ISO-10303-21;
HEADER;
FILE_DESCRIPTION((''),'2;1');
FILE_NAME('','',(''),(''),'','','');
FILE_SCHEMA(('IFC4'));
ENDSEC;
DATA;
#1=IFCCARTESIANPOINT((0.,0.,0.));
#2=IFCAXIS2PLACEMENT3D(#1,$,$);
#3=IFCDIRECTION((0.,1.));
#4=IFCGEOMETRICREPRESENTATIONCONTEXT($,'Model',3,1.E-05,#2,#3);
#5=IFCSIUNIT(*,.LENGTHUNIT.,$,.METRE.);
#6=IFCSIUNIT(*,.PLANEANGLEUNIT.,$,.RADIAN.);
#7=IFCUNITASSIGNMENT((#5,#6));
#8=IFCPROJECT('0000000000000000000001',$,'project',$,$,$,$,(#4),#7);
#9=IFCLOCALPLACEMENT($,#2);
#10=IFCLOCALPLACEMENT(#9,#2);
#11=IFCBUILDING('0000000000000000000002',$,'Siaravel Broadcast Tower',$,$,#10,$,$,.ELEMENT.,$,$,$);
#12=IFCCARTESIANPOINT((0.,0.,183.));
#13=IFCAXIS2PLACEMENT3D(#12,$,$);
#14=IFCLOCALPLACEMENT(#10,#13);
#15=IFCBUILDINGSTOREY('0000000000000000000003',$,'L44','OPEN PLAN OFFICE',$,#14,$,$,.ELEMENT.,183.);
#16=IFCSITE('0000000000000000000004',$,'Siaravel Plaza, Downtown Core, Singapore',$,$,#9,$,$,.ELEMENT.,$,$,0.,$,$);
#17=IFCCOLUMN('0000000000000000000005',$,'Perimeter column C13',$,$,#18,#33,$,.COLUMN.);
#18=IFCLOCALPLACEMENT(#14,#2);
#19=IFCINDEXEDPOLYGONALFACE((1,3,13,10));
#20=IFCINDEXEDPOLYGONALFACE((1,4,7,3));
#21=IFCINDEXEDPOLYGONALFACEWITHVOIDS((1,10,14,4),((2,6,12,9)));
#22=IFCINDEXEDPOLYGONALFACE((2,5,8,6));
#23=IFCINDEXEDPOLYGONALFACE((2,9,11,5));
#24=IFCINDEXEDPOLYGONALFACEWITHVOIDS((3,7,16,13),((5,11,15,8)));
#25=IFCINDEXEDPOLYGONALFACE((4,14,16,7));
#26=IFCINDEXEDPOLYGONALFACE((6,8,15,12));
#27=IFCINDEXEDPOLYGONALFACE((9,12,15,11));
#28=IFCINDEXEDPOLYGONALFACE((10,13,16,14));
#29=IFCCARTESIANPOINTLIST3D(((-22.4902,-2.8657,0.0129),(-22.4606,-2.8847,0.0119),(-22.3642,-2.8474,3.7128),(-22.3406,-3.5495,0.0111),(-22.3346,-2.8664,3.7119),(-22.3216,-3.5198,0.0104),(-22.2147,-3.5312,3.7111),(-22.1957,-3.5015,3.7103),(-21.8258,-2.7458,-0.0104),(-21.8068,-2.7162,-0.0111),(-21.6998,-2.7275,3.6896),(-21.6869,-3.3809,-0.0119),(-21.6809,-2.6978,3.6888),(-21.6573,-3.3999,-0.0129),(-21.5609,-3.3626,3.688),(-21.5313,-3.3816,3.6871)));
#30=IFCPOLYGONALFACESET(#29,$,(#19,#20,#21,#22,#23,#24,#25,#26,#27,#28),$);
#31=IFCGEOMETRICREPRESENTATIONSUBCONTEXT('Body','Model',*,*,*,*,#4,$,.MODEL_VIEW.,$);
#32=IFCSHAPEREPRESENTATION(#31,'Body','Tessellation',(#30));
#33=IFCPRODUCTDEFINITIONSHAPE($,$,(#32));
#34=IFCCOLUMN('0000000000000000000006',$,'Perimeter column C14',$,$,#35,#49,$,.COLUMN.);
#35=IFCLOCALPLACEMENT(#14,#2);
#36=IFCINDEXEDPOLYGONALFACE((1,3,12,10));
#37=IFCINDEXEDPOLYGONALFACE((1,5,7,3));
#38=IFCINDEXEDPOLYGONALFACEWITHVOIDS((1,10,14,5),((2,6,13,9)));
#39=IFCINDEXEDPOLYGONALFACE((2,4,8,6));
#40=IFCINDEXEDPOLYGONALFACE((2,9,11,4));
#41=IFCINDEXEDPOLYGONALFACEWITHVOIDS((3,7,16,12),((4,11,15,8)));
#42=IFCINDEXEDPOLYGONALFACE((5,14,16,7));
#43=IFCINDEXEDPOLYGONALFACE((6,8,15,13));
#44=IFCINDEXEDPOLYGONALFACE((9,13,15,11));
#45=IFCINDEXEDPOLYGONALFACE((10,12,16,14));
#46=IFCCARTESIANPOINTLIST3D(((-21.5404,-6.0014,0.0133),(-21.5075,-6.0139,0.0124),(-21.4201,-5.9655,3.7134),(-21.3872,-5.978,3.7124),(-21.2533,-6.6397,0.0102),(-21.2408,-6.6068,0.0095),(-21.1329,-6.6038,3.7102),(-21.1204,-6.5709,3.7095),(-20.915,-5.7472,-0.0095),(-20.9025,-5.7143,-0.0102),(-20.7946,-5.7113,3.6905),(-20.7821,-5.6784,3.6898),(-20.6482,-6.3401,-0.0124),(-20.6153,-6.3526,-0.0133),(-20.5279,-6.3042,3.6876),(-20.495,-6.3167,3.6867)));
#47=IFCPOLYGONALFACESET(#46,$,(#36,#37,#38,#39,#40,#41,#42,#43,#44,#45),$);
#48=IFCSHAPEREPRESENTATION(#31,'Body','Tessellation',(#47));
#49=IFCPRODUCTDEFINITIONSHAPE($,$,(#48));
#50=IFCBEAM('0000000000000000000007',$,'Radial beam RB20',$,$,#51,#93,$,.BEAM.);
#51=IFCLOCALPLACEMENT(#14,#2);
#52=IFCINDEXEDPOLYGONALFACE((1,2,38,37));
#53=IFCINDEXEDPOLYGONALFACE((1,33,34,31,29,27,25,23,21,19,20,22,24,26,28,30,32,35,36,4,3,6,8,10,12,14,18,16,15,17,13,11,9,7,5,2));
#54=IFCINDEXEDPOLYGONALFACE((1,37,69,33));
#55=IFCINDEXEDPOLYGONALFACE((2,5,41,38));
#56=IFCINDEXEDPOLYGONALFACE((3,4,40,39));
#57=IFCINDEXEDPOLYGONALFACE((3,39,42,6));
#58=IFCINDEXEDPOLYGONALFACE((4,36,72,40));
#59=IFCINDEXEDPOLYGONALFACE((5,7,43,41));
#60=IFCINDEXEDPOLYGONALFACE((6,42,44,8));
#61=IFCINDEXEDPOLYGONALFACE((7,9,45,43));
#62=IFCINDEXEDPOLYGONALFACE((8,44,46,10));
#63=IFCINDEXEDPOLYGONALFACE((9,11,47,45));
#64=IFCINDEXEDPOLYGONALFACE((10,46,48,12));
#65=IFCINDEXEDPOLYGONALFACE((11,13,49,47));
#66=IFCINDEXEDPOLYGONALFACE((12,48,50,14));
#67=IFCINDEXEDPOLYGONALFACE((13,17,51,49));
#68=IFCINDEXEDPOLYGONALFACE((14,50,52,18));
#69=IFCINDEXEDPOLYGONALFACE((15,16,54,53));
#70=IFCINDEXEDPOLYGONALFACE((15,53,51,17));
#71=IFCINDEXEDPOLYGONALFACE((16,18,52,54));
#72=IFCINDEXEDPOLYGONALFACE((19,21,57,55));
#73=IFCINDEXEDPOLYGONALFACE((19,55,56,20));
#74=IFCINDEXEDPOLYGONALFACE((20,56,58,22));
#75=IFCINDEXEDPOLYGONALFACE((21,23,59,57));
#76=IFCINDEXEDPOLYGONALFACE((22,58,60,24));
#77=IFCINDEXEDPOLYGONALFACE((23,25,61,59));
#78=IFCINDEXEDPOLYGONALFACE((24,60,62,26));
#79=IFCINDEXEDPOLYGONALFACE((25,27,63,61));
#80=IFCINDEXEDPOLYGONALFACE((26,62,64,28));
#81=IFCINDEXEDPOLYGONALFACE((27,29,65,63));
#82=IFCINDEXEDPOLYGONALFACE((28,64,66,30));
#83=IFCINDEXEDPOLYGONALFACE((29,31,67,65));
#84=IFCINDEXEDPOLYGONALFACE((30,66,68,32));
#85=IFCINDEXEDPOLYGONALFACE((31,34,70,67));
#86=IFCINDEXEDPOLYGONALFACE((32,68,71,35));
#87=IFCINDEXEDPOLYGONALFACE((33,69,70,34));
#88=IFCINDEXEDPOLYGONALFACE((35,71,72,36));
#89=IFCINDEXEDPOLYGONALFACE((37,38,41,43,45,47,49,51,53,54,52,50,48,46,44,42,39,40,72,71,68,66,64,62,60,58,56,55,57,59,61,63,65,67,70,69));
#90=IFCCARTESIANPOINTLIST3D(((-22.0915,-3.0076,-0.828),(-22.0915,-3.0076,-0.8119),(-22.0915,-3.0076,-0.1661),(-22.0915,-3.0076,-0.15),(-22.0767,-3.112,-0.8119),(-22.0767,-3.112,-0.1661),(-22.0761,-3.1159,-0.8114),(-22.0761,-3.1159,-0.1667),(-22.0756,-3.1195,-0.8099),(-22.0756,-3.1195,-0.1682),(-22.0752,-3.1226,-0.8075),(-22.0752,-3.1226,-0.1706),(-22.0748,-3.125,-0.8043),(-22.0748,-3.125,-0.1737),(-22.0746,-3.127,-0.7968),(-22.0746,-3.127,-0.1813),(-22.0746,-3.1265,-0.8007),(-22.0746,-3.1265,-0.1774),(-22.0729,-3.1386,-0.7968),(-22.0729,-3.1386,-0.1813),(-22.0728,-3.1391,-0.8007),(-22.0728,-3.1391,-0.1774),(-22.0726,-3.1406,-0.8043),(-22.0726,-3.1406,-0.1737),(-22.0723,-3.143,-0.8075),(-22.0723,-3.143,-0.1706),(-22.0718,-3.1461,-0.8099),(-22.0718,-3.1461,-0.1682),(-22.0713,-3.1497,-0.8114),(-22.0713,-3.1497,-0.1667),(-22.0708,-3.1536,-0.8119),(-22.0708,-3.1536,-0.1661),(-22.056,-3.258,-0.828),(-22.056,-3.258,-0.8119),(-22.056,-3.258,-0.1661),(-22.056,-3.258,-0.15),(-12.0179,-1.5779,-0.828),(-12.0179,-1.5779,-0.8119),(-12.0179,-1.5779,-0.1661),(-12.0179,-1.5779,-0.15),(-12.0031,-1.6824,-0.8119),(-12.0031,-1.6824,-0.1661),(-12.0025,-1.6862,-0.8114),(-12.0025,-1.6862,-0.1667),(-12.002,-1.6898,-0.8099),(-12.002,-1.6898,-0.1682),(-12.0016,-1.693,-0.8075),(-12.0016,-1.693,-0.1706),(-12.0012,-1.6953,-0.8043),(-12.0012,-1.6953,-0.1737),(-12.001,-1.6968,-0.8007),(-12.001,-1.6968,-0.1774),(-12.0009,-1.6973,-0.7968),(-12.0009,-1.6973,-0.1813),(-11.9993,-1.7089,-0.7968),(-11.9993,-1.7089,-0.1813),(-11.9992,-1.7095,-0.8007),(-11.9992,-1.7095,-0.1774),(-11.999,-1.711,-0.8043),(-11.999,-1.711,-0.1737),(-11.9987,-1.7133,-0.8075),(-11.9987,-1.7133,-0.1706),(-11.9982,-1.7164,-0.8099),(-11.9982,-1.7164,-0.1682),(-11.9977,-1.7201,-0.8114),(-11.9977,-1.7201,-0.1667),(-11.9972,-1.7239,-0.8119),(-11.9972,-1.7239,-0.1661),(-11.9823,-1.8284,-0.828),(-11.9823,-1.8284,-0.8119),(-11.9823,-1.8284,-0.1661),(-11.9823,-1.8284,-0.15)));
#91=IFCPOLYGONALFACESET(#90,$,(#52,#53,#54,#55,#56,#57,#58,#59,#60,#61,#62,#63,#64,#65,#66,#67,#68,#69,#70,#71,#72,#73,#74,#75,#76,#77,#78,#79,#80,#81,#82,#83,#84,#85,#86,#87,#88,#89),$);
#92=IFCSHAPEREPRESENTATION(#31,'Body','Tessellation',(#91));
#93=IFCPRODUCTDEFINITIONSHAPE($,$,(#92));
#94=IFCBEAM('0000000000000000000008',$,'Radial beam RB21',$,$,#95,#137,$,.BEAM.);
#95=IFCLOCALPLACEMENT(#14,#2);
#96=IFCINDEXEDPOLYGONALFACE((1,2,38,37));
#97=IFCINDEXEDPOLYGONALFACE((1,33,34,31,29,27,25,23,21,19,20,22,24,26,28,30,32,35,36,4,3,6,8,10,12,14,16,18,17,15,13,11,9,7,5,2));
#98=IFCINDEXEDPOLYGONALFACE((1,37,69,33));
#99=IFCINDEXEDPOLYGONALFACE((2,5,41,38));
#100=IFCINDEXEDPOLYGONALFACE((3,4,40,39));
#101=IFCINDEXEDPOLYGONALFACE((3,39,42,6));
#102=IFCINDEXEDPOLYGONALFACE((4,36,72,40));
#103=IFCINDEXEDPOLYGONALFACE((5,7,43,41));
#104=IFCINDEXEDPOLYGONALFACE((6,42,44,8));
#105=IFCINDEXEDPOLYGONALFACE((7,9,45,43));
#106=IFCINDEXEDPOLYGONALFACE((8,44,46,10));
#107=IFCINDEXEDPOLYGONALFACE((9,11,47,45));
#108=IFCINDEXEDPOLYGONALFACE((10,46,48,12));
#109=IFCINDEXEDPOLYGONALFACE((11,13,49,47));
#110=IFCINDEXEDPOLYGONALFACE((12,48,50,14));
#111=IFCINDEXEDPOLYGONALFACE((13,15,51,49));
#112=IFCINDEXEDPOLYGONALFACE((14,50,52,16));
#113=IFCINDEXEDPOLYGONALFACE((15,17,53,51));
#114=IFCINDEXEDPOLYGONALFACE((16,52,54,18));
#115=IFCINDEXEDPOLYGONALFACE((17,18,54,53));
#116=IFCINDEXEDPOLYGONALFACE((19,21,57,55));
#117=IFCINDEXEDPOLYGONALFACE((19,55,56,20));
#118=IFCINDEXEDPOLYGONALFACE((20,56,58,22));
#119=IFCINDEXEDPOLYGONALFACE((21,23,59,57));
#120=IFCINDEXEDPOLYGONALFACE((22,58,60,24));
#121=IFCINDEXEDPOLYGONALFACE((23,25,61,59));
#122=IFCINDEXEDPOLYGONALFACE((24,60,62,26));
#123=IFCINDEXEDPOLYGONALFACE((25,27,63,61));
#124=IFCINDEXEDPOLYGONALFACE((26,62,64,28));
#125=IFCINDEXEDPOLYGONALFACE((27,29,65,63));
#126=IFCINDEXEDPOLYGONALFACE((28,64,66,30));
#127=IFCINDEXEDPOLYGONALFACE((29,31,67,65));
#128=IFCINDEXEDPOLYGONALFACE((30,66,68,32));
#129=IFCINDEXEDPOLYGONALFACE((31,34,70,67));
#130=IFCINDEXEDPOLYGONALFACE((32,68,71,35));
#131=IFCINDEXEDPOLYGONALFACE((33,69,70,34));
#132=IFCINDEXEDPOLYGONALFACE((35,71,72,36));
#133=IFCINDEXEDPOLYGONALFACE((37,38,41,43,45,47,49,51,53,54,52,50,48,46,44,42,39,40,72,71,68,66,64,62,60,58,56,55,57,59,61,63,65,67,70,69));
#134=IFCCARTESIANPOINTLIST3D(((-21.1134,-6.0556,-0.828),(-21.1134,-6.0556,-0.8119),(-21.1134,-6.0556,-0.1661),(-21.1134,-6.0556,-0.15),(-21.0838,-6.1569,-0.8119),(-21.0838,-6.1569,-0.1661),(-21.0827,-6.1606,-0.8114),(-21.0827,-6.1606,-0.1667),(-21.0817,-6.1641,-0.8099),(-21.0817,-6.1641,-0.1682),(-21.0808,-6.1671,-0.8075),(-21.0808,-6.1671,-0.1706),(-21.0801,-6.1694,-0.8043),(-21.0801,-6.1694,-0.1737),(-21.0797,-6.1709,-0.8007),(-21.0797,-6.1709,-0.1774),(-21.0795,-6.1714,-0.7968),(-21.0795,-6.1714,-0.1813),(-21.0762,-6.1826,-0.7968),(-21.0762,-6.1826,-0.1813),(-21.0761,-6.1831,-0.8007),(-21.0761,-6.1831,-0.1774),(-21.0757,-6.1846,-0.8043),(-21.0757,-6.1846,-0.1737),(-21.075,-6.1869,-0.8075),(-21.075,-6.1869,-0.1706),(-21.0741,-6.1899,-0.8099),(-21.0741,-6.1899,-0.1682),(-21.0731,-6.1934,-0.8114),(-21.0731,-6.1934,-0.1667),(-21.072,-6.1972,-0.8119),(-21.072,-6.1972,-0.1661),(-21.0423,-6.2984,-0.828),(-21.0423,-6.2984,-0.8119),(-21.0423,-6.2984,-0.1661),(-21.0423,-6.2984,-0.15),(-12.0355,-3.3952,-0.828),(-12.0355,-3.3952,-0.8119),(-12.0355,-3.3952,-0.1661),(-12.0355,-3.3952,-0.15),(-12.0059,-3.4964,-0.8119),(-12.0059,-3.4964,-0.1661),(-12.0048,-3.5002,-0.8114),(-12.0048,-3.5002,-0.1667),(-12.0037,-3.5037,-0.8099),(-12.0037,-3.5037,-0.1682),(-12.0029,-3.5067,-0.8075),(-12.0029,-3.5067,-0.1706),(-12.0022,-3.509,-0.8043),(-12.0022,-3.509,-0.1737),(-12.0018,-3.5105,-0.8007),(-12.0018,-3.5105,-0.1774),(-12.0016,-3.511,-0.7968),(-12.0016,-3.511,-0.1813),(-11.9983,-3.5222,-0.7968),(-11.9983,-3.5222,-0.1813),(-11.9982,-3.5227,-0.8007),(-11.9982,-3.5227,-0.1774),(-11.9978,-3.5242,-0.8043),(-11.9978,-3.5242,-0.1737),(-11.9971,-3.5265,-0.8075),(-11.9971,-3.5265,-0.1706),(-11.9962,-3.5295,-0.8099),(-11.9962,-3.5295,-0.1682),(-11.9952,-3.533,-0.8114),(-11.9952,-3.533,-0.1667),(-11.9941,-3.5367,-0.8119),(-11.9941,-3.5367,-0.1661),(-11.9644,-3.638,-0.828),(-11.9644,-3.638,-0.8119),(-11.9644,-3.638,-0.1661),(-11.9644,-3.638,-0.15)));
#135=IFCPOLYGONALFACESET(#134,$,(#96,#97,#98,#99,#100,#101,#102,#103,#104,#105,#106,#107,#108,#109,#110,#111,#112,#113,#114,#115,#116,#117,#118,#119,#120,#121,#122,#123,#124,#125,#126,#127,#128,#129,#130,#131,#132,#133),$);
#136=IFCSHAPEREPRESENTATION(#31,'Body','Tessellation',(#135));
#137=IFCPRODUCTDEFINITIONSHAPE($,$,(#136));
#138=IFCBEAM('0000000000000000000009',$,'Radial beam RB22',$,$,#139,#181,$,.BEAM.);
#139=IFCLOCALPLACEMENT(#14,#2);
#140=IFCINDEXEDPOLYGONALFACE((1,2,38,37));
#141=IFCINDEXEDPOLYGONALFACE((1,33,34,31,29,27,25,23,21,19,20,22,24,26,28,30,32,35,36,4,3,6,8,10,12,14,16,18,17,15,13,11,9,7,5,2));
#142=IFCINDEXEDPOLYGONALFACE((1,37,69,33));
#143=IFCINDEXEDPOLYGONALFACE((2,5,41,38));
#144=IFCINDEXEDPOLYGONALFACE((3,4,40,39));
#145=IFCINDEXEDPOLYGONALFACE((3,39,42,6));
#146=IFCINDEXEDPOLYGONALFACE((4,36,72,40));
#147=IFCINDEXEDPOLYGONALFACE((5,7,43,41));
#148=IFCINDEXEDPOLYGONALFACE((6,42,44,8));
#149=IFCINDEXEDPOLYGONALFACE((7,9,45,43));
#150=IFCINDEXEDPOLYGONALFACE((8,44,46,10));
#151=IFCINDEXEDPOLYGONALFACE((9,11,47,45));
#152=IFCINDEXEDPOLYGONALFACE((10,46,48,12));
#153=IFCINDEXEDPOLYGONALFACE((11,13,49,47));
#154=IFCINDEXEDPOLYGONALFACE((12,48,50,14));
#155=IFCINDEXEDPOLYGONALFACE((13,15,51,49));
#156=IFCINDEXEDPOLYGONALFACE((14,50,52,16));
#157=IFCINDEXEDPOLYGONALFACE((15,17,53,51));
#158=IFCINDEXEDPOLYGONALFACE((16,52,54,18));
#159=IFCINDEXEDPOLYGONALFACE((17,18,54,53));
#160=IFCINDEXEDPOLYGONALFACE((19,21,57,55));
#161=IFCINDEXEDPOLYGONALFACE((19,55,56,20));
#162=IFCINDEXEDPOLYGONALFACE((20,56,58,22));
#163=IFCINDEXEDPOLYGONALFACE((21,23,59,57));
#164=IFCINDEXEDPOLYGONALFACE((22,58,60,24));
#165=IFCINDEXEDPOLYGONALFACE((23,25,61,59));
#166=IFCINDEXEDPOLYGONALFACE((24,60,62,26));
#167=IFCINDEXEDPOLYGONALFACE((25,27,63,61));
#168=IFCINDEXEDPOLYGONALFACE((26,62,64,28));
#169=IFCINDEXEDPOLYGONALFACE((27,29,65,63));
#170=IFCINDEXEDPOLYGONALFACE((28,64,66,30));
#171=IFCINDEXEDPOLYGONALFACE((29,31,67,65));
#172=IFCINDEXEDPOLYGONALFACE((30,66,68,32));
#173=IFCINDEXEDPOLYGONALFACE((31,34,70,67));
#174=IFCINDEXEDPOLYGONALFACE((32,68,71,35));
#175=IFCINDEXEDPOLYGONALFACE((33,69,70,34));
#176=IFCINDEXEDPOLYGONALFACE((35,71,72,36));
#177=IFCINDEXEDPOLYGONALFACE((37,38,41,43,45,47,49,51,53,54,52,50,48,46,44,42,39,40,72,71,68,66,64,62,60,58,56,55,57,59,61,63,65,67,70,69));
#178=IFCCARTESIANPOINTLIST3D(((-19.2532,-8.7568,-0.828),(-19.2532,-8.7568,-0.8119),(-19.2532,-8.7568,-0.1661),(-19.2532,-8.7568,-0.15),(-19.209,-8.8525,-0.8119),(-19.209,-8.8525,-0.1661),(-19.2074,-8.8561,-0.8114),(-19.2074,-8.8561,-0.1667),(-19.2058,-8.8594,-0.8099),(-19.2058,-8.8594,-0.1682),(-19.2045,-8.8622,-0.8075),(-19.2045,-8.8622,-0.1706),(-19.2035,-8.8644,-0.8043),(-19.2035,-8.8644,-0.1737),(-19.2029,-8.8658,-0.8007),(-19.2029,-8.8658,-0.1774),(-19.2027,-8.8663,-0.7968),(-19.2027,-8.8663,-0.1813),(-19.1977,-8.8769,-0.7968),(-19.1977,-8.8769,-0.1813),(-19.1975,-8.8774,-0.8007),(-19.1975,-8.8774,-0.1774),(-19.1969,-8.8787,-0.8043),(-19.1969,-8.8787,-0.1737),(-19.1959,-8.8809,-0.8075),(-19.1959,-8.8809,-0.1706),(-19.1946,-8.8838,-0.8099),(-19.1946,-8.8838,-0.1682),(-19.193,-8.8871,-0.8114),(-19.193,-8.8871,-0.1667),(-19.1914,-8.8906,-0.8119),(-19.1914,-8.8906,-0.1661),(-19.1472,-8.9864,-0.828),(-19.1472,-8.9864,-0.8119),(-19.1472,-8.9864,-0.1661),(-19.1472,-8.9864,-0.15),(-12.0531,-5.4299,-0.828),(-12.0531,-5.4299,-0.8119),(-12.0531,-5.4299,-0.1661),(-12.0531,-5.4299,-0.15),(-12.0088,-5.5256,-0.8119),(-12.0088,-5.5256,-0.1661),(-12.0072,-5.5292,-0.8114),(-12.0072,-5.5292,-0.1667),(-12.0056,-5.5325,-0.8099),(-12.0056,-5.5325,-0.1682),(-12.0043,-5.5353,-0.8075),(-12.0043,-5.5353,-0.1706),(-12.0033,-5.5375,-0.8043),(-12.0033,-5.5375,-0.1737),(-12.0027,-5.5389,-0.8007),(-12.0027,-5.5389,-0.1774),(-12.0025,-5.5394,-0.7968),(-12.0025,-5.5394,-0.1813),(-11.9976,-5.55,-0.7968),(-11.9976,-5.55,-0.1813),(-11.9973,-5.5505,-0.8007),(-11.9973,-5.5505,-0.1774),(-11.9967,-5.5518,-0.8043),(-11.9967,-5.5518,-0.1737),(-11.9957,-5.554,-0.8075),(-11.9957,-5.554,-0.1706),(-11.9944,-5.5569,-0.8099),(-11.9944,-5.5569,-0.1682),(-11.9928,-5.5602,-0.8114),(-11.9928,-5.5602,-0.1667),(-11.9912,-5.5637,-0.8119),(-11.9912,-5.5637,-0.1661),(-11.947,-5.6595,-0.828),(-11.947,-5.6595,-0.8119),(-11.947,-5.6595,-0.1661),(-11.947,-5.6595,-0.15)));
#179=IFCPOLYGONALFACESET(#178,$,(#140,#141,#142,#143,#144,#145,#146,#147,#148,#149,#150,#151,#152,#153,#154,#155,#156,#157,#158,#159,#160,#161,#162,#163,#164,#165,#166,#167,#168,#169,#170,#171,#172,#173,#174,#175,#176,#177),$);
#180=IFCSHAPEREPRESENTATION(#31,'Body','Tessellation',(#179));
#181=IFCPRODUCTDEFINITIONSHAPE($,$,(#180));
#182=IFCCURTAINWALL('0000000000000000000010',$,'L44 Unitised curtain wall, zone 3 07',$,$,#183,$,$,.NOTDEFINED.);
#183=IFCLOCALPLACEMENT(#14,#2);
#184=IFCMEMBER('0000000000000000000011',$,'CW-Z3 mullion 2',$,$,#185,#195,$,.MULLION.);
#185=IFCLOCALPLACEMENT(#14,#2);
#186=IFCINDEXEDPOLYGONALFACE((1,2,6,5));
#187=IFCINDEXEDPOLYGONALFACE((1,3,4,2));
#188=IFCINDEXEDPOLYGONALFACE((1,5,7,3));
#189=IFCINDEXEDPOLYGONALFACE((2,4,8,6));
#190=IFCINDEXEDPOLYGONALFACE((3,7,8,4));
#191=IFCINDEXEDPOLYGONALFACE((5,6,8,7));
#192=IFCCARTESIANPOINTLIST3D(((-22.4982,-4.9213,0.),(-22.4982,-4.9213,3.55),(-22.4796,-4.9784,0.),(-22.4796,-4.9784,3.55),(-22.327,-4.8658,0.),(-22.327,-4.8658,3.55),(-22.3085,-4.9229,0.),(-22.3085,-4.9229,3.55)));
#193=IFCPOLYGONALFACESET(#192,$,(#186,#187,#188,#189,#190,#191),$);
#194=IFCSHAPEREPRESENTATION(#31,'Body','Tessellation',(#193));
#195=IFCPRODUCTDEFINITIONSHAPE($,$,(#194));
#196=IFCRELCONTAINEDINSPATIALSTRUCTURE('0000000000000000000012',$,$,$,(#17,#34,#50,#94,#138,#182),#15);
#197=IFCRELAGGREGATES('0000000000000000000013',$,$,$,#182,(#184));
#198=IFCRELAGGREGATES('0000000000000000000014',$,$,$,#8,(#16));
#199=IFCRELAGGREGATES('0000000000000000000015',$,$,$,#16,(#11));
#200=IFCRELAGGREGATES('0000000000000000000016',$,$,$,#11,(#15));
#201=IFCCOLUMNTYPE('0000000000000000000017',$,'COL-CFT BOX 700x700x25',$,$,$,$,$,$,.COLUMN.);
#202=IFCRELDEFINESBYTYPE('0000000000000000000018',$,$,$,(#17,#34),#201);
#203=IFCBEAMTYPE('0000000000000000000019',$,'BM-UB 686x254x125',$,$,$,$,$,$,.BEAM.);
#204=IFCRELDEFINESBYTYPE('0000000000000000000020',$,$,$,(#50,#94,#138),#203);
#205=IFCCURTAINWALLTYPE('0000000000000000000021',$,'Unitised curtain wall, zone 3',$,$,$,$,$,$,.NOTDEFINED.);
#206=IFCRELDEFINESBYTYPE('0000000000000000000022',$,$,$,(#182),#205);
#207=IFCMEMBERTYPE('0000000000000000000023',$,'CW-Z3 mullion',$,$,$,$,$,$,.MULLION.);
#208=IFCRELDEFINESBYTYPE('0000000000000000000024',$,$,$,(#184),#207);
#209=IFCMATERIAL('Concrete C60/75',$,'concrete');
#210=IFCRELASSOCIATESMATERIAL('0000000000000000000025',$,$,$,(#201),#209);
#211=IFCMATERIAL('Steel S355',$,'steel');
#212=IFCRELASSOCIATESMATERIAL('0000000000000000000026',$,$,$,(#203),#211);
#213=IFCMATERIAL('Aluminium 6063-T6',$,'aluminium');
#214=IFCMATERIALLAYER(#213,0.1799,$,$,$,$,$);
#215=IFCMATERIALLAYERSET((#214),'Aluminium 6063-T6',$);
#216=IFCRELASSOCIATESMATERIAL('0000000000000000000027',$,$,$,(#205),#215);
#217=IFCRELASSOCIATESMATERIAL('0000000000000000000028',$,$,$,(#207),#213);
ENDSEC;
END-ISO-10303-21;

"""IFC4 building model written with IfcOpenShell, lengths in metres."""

from ifc_helpers import new_model, si_unit, direction, frame, origin, origin_2d, place, context, subcontext, project, spatial, rectangle, hollow_rectangle, i_section, extrude, material, layer, layer_set, material_profile, profile_set, type_object, element, aggregate, save


model = new_model("IFC4")

# Units and contexts
model_context = context("Model", 3, precision=1e-05, world=origin(), true_north=direction((0.0, 1.0)))
body_context = subcontext(model_context, "Body", "Model", "MODEL_VIEW")
ifc_project = project(units=[si_unit("LENGTHUNIT", "METRE"), si_unit("PLANEANGLEUNIT", "RADIAN")], contexts=[model_context])

# Site, building, storey
site_placement = place(None, origin())
site = spatial("IfcSite", under=ifc_project, at=site_placement, Name="Siaravel Plaza, Downtown Core, Singapore", CompositionType="ELEMENT", RefElevation=0.0)
building_placement = place(site_placement, origin())
building = spatial("IfcBuilding", under=site, at=building_placement, Name="Siaravel Broadcast Tower", CompositionType="ELEMENT")
storey_placement = place(building_placement, frame((0.0, 0.0, 183.0)))
storey = spatial("IfcBuildingStorey", under=building, at=storey_placement, Name="L44", Description="OPEN PLAN OFFICE", CompositionType="ELEMENT", Elevation=183.0)

# Columns
ifc_material_1 = material(Name="Concrete C60/75", Category="concrete")
ifc_material_profile_1 = material_profile(ifc_material_1, hollow_rectangle(XDim=0.7, YDim=0.7, WallThickness=0.0249, at=origin_2d()))
ifc_profile_set_1 = profile_set([ifc_material_profile_1], Name="Concrete C60/75")
column_type = type_object("IfcColumnType", Name="COL-CFT BOX 700x700x25", PredefinedType="COLUMN", material=ifc_profile_set_1)
for number, where, z_axis, x_axis, name in (
    (1, (-22.0737, -3.1328, 0.0), (0.034028, 0.004946, 0.999409), (-0.213687, 0.976899, 0.002441), "Perimeter column C13"),
    (2, (-21.0779, -6.177, 0.0), (0.032512, 0.009694, 0.999424), (-0.410283, 0.911947, 0.004501), "Perimeter column C14"),
):
    element("IfcColumn", number, at=place(storey_placement, frame(where, z_axis=z_axis, x_axis=x_axis)), inside=storey, type_object=column_type, Name=name, PredefinedType="COLUMN", context=body_context, shape_type="SweptSolid", body=[
        extrude(hollow_rectangle(XDim=0.7, YDim=0.7, WallThickness=0.0249, at=origin_2d()), origin(), (0.0, 0.0, 1.0), 3.7021),
    ])

# Beams
ifc_material_2 = material(Name="Steel S355", Category="steel")
ifc_material_profile_2 = material_profile(ifc_material_2, i_section(OverallWidth=0.2529, OverallDepth=0.678, WebThickness=0.0117, FlangeThickness=0.0161, FilletRadius=0.0151, at=origin_2d()))
ifc_profile_set_2 = profile_set([ifc_material_profile_2], Name="Steel S355")
beam_type = type_object("IfcBeamType", Name="BM-UB 686x254x125", PredefinedType="BEAM", material=ifc_profile_set_2)
beam_1_placement = place(storey_placement, frame((-22.0737, -3.1328, -0.489), z_axis=(0.990079, 0.140514, 0.0), x_axis=(-0.140514, 0.990079, 0.0)))
element("IfcBeam", 3, at=beam_1_placement, inside=storey, type_object=beam_type, Name="Radial beam RB20", PredefinedType="BEAM", context=body_context, shape_type="SweptSolid", body=[
    extrude(i_section(OverallWidth=0.2529, OverallDepth=0.678, WebThickness=0.0117, FlangeThickness=0.0161, FilletRadius=0.0151, at=origin_2d()), origin(), (0.0, 0.0, 1.0), 10.1746),
])
beam_2_placement = place(storey_placement, frame((-21.0779, -6.177, -0.489), z_axis=(0.959639, 0.281236, 0.0), x_axis=(-0.281236, 0.959639, 0.0)))
element("IfcBeam", 4, at=beam_2_placement, inside=storey, type_object=beam_type, Name="Radial beam RB21", PredefinedType="BEAM", context=body_context, shape_type="SweptSolid", body=[
    extrude(i_section(OverallWidth=0.2529, OverallDepth=0.678, WebThickness=0.0117, FlangeThickness=0.0161, FilletRadius=0.0151, at=origin_2d()), origin(), (0.0, 0.0, 1.0), 9.4597),
])
beam_3_placement = place(storey_placement, frame((-19.2002, -8.8716, -0.489), z_axis=(0.90778, 0.419447, 0.0), x_axis=(-0.419447, 0.90778, 0.0)))
element("IfcBeam", 5, at=beam_3_placement, inside=storey, type_object=beam_type, Name="Radial beam RB22", PredefinedType="BEAM", context=body_context, shape_type="SweptSolid", body=[
    extrude(i_section(OverallWidth=0.2529, OverallDepth=0.678, WebThickness=0.0117, FlangeThickness=0.0161, FilletRadius=0.0151, at=origin_2d()), origin(), (0.0, 0.0, 1.0), 7.9316),
])

# Curtain wall, member
ifc_material_3 = material(Name="Aluminium 6063-T6", Category="aluminium")
ifc_layer_1 = layer(ifc_material_3, 0.1799)
ifc_layer_set_1 = layer_set([ifc_layer_1], Name="Aluminium 6063-T6")
curtain_wall_type = type_object("IfcCurtainWallType", Name="Unitised curtain wall, zone 3", PredefinedType="NOTDEFINED", material=ifc_layer_set_1)
curtain_wall_placement = place(storey_placement, origin())
curtain_wall = element("IfcCurtainWall", 6, at=curtain_wall_placement, inside=storey, type_object=curtain_wall_type, Name="L44 Unitised curtain wall, zone 3 07", PredefinedType="NOTDEFINED")
ifc_material_profile_3 = material_profile(ifc_material_3, rectangle(XDim=0.1799, YDim=0.0601, at=origin_2d()))
ifc_profile_set_3 = profile_set([ifc_material_profile_3], Name="Aluminium 6063-T6")
member_type_1 = type_object("IfcMemberType", Name="CW-Z3 mullion", PredefinedType="MULLION", material=ifc_profile_set_3)
member_1_placement = place(storey_placement, frame((-22.4033, -4.9221, 0.0), z_axis=(0.0, 0.0, 1.0), x_axis=(0.951177, 0.308645, 0.0)))
member_1 = element("IfcMember", 7, at=member_1_placement, type_object=member_type_1, Name="CW-Z3 mullion 2", PredefinedType="MULLION", context=body_context, shape_type="SweptSolid", body=[
    extrude(rectangle(XDim=0.1799, YDim=0.0601, at=origin_2d()), origin(), (0.0, 0.0, 1.0), 3.55),
])
aggregate(curtain_wall, [member_1])

save(model, "model.ifc")
